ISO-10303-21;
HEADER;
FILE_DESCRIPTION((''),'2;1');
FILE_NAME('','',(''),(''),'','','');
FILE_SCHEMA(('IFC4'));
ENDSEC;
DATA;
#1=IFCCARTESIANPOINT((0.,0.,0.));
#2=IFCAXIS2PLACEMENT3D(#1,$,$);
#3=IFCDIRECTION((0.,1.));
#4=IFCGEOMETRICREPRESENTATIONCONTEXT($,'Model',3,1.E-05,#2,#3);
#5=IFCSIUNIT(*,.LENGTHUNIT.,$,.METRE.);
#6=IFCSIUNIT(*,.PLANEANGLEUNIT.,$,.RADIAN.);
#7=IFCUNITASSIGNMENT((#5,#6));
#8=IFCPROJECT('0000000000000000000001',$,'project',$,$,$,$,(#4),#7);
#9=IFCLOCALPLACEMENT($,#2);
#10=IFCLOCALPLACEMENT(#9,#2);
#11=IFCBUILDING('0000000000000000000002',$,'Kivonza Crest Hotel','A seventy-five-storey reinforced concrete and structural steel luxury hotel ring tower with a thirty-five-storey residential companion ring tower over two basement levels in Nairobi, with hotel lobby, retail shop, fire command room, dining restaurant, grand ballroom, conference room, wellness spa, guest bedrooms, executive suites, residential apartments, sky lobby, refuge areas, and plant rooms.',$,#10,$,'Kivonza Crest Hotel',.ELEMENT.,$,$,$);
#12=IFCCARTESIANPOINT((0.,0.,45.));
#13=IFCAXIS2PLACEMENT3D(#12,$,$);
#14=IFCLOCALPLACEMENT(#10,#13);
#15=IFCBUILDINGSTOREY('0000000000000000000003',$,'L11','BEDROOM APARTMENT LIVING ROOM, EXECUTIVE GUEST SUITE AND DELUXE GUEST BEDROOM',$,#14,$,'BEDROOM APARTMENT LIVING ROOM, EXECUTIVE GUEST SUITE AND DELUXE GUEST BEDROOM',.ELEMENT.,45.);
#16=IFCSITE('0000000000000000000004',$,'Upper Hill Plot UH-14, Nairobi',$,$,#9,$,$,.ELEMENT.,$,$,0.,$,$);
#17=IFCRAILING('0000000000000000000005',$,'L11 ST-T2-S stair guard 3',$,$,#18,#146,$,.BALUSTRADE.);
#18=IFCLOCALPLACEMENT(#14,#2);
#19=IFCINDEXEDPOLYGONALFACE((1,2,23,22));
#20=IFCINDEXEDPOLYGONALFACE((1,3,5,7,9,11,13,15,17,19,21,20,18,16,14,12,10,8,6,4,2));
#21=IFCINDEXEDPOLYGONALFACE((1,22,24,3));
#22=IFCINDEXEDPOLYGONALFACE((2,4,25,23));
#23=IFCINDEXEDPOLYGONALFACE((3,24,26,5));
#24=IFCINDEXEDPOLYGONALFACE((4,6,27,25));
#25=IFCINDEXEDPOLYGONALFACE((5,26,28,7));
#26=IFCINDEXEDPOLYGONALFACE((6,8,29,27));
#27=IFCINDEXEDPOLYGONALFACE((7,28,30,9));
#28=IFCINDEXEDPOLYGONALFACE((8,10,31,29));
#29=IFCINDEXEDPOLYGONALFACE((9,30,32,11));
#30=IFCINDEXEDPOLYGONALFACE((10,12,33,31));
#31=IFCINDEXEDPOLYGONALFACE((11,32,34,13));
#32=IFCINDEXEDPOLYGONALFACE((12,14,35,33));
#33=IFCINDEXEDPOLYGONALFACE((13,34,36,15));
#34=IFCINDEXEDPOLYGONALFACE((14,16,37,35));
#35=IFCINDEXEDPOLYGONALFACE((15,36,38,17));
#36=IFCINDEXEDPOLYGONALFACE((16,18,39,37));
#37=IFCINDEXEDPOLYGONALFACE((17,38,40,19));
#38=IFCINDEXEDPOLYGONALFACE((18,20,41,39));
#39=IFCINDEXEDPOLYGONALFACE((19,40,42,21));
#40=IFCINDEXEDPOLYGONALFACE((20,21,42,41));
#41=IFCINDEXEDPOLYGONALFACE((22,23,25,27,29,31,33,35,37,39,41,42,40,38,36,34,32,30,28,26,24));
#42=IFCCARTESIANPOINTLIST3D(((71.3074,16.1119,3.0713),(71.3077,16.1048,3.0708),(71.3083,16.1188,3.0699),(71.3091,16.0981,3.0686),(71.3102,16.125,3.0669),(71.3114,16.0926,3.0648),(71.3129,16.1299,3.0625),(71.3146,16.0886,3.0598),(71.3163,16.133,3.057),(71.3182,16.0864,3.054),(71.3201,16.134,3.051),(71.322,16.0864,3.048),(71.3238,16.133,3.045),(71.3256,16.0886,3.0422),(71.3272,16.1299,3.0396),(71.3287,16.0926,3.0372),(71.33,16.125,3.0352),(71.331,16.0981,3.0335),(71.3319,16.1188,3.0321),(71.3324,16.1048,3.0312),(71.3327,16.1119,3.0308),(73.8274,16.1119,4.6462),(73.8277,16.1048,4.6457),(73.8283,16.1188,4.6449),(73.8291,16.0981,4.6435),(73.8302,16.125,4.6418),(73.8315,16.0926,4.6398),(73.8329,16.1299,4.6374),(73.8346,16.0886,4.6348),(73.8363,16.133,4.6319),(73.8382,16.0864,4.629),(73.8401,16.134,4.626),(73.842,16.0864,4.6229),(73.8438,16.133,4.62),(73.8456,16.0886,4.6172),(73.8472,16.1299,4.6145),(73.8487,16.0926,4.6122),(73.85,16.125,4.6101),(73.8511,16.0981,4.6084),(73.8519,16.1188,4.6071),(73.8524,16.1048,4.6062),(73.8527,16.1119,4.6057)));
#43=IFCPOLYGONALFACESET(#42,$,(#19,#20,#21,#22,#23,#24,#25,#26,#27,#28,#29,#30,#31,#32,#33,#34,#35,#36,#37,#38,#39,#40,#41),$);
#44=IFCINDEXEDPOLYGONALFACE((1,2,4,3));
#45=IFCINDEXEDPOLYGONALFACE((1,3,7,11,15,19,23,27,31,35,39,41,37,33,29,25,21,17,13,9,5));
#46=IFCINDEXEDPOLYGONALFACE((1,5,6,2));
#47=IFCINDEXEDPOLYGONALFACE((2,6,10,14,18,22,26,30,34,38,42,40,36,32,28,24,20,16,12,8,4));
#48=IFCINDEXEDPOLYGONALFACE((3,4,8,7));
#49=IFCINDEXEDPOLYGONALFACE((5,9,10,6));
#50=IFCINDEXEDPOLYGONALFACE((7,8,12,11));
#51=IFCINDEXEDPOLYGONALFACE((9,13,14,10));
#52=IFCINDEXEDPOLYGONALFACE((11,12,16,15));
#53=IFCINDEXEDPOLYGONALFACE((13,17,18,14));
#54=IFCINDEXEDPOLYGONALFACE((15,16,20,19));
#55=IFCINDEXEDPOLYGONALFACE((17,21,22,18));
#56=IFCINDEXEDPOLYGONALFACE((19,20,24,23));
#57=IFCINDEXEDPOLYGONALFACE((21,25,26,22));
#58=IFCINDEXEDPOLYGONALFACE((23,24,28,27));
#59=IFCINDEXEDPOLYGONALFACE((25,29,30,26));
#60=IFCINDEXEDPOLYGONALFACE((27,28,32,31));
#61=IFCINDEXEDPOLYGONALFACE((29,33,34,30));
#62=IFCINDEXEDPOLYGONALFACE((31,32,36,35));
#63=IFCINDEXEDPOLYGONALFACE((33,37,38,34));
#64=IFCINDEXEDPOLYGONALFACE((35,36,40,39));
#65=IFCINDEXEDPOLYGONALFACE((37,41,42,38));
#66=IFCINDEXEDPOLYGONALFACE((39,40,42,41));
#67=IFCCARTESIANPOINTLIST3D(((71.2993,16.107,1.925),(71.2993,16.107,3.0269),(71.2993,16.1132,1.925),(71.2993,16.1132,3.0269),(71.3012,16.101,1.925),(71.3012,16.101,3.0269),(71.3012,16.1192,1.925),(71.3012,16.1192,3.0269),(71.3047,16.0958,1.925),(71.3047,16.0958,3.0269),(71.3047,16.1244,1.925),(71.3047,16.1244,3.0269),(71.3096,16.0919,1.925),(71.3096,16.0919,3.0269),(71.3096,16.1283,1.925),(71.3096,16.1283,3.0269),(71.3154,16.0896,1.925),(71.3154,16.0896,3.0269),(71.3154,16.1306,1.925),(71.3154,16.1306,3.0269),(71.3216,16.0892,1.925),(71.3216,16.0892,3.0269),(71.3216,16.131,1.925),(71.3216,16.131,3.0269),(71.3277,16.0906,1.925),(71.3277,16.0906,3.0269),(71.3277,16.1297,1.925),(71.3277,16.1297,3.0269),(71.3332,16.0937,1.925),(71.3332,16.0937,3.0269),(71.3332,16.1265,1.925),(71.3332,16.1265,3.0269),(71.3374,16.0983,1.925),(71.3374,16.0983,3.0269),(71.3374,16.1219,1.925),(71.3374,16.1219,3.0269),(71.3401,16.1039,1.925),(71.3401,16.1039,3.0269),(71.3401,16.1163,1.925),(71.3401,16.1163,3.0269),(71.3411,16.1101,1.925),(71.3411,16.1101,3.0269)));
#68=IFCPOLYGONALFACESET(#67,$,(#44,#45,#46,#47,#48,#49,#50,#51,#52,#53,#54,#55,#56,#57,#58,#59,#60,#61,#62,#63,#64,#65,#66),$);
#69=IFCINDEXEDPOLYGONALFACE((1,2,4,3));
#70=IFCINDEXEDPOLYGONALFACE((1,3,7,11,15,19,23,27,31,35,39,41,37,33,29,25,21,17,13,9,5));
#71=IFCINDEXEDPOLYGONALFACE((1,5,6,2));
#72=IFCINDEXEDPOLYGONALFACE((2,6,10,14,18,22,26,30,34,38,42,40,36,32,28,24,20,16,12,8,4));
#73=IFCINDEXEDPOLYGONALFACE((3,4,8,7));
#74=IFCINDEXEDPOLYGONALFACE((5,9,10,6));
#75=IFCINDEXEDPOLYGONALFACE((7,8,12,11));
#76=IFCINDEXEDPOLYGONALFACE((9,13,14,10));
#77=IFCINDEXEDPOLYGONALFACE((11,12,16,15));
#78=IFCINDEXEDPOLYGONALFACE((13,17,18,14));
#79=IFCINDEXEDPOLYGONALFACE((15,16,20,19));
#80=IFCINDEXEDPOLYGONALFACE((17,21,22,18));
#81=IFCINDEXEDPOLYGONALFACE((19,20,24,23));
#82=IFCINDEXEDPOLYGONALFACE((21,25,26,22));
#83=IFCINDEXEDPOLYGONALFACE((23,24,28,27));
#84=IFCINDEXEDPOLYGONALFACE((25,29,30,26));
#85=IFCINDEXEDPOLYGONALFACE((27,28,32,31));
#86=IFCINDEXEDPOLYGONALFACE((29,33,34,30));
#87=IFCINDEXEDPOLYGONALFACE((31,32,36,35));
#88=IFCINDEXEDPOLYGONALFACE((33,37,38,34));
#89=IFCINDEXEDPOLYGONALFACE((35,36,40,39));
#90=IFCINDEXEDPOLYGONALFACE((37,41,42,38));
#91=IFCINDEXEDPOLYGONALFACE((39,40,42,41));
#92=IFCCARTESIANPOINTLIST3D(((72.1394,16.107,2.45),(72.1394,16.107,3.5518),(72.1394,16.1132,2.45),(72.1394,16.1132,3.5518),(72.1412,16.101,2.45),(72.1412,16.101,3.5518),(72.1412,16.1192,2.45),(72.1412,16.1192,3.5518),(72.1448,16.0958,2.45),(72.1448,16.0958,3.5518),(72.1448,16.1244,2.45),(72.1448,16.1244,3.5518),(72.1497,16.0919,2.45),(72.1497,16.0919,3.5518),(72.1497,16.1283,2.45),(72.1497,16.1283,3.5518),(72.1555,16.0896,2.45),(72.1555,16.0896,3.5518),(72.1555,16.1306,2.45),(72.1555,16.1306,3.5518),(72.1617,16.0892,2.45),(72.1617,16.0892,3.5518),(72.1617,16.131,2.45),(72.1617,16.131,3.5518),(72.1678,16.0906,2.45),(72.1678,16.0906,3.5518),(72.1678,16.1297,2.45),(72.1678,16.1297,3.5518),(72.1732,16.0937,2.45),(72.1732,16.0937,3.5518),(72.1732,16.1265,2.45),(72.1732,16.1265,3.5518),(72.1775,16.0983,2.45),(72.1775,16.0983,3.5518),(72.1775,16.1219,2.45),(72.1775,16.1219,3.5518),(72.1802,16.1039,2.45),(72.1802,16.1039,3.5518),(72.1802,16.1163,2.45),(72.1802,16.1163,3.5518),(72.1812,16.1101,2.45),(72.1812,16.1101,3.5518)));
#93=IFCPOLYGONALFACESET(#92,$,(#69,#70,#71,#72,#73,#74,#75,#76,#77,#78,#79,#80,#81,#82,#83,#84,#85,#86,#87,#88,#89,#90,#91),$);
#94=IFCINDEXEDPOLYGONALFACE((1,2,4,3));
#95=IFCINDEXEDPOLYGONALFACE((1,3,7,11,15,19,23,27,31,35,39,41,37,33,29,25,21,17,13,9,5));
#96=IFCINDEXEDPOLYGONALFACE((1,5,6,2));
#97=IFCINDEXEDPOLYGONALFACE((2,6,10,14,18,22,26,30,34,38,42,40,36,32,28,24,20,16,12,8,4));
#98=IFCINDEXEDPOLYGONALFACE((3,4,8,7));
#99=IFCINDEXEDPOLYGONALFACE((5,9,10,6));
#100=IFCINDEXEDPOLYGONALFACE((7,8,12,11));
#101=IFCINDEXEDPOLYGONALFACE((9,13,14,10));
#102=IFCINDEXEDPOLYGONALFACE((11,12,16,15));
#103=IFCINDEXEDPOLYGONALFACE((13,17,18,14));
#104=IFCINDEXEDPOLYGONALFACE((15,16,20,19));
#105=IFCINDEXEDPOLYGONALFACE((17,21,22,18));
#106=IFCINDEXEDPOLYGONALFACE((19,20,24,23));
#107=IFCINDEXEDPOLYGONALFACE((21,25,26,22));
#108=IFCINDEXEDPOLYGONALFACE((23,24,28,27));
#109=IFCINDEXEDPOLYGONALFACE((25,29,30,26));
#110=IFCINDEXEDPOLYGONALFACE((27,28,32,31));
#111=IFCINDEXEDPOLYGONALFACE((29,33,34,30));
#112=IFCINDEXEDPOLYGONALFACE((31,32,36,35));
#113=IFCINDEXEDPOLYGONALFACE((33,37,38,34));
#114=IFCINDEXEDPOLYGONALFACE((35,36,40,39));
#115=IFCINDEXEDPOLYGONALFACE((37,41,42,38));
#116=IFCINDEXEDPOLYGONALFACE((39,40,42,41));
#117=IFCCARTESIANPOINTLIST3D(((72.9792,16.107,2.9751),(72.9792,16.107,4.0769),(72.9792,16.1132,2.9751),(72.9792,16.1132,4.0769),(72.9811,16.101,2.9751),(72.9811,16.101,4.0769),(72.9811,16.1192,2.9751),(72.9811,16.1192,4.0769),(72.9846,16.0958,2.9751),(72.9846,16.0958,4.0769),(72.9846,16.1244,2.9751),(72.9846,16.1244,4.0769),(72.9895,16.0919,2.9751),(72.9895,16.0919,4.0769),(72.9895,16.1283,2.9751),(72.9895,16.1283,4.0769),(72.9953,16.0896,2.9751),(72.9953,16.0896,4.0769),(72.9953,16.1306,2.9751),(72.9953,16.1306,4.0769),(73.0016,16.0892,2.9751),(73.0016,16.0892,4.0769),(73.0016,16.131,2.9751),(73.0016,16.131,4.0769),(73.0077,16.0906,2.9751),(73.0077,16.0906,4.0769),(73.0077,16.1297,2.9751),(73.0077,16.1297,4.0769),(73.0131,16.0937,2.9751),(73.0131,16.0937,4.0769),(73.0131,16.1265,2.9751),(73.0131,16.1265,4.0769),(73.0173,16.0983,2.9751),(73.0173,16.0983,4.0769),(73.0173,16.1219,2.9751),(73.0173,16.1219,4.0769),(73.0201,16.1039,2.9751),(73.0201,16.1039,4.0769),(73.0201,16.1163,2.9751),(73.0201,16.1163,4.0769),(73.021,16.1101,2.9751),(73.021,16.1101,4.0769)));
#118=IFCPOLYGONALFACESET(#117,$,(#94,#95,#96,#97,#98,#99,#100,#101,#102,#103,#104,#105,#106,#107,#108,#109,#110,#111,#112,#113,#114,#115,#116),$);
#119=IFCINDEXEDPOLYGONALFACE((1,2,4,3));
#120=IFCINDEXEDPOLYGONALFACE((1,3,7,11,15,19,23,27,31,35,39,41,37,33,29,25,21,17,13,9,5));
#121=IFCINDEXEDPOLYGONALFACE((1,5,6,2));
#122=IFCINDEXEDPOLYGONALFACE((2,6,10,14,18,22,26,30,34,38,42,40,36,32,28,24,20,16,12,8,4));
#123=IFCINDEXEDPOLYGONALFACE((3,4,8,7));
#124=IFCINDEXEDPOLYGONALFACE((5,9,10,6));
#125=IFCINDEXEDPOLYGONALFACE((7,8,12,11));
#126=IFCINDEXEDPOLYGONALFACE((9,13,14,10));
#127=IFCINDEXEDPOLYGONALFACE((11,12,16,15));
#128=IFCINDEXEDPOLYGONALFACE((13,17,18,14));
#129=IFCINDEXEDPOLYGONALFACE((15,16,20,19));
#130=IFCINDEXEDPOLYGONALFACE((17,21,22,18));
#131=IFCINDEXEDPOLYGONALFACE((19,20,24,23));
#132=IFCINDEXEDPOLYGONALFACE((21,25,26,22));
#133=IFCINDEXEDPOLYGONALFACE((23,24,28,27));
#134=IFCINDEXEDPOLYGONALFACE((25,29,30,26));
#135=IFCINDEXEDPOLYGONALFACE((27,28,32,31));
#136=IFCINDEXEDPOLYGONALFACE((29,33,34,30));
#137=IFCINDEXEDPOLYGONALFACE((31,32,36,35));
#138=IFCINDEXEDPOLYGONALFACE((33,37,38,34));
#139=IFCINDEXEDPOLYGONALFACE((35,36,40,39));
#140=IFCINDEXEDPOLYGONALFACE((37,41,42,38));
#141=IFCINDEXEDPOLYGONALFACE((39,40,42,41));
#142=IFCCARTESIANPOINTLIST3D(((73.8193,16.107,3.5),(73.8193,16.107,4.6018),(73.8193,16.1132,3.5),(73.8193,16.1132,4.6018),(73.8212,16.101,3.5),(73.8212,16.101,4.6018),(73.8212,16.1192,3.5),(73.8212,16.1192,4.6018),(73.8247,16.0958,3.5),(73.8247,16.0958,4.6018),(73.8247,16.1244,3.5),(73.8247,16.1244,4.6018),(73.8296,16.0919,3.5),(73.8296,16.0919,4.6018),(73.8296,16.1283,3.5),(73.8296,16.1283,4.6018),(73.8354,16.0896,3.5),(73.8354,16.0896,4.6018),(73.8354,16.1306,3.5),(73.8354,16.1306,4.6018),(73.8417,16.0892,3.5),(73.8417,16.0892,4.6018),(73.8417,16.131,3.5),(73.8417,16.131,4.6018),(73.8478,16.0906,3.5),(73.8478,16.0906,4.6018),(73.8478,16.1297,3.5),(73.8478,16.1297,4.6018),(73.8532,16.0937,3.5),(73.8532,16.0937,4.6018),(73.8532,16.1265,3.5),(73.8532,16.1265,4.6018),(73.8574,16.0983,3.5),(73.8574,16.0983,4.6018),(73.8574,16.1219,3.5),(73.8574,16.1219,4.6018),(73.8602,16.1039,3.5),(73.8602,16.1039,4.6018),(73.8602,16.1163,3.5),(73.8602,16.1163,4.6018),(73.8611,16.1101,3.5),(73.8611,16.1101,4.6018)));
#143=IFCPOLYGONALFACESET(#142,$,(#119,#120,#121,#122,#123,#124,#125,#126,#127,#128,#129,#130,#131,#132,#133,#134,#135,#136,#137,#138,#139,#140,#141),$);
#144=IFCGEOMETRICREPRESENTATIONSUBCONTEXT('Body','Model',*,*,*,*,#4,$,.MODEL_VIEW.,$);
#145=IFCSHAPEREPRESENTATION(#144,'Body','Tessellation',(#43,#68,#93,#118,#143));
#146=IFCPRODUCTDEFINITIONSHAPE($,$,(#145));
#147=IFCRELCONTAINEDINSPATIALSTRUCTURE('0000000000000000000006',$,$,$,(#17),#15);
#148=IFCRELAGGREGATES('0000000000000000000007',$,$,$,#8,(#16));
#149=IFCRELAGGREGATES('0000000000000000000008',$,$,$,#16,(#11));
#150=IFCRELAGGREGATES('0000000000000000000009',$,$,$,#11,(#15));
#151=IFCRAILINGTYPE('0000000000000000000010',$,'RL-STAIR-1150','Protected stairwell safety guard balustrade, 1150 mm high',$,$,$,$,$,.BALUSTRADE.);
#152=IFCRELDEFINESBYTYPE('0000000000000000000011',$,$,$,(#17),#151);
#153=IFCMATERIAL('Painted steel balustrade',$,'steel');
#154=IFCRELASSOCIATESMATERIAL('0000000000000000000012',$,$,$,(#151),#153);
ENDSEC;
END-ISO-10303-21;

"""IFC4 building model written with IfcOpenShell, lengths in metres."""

from ifc_helpers import new_model, si_unit, direction, frame, origin, origin_2d, place, context, subcontext, project, spatial, circle, extrude, material, type_object, element, save


model = new_model("IFC4")

# Units and contexts
model_context = context("Model", 3, precision=1e-05, world=origin(), true_north=direction((0.0, 1.0)))
body_context = subcontext(model_context, "Body", "Model", "MODEL_VIEW")
ifc_project = project(units=[si_unit("LENGTHUNIT", "METRE"), si_unit("PLANEANGLEUNIT", "RADIAN")], contexts=[model_context])

# Site, building, storey
site_placement = place(None, origin())
site = spatial("IfcSite", under=ifc_project, at=site_placement, Name="Upper Hill Plot UH-14, Nairobi", CompositionType="ELEMENT", RefElevation=0.0)
building_placement = place(site_placement, origin())
building = spatial("IfcBuilding", under=site, at=building_placement, Name="Kivonza Crest Hotel", Description="A seventy-five-storey reinforced concrete and structural steel luxury hotel ring tower with a thirty-five-storey residential companion ring tower over two basement levels in Nairobi, with hotel lobby, retail shop, fire command room, dining restaurant, grand ballroom, conference room, wellness spa, guest bedrooms, executive suites, residential apartments, sky lobby, refuge areas, and plant rooms.", LongName="Kivonza Crest Hotel", CompositionType="ELEMENT")
storey_placement = place(building_placement, frame((0.0, 0.0, 45.0)))
storey = spatial("IfcBuildingStorey", under=building, at=storey_placement, Name="L11", Description="BEDROOM APARTMENT LIVING ROOM, EXECUTIVE GUEST SUITE AND DELUXE GUEST BEDROOM", LongName="BEDROOM APARTMENT LIVING ROOM, EXECUTIVE GUEST SUITE AND DELUXE GUEST BEDROOM", CompositionType="ELEMENT", Elevation=45.0)

# Railing
ifc_material_1 = material(Name="Painted steel balustrade", Category="steel")
railing_type_1 = type_object("IfcRailingType", Name="RL-STAIR-1150", Description="Protected stairwell safety guard balustrade, 1150 mm high", PredefinedType="BALUSTRADE", material=ifc_material_1)
railing_1_placement = place(storey_placement, frame((71.3201, 16.1101, 1.925)))
element("IfcRailing", 1, at=railing_1_placement, inside=storey, type_object=railing_type_1, Name="L11 ST-T2-S stair guard 3", PredefinedType="BALUSTRADE", context=body_context, shape_type="SweptSolid", body=[
    extrude(circle(Radius=0.0239, at=origin_2d()), frame((0.0, 0.0, 1.126), z_axis=(0.848008, 0.0, 0.529984), x_axis=(0.0, 1.0, 0.0)), (0.0, 0.0, 1.0), 2.9717),
    extrude(circle(Radius=0.021, at=origin_2d()), origin(), (0.0, 0.0, 1.0), 1.1018),
    extrude(circle(Radius=0.021, at=origin_2d()), frame((0.8401, 0.0, 0.5249)), (0.0, 0.0, 1.0), 1.1018),
    extrude(circle(Radius=0.021, at=origin_2d()), frame((1.6799, 0.0, 1.05)), (0.0, 0.0, 1.0), 1.1018),
    extrude(circle(Radius=0.021, at=origin_2d()), frame((2.52, 0.0, 1.575)), (0.0, 0.0, 1.0), 1.1018),
])

save(model, "model.ifc")
